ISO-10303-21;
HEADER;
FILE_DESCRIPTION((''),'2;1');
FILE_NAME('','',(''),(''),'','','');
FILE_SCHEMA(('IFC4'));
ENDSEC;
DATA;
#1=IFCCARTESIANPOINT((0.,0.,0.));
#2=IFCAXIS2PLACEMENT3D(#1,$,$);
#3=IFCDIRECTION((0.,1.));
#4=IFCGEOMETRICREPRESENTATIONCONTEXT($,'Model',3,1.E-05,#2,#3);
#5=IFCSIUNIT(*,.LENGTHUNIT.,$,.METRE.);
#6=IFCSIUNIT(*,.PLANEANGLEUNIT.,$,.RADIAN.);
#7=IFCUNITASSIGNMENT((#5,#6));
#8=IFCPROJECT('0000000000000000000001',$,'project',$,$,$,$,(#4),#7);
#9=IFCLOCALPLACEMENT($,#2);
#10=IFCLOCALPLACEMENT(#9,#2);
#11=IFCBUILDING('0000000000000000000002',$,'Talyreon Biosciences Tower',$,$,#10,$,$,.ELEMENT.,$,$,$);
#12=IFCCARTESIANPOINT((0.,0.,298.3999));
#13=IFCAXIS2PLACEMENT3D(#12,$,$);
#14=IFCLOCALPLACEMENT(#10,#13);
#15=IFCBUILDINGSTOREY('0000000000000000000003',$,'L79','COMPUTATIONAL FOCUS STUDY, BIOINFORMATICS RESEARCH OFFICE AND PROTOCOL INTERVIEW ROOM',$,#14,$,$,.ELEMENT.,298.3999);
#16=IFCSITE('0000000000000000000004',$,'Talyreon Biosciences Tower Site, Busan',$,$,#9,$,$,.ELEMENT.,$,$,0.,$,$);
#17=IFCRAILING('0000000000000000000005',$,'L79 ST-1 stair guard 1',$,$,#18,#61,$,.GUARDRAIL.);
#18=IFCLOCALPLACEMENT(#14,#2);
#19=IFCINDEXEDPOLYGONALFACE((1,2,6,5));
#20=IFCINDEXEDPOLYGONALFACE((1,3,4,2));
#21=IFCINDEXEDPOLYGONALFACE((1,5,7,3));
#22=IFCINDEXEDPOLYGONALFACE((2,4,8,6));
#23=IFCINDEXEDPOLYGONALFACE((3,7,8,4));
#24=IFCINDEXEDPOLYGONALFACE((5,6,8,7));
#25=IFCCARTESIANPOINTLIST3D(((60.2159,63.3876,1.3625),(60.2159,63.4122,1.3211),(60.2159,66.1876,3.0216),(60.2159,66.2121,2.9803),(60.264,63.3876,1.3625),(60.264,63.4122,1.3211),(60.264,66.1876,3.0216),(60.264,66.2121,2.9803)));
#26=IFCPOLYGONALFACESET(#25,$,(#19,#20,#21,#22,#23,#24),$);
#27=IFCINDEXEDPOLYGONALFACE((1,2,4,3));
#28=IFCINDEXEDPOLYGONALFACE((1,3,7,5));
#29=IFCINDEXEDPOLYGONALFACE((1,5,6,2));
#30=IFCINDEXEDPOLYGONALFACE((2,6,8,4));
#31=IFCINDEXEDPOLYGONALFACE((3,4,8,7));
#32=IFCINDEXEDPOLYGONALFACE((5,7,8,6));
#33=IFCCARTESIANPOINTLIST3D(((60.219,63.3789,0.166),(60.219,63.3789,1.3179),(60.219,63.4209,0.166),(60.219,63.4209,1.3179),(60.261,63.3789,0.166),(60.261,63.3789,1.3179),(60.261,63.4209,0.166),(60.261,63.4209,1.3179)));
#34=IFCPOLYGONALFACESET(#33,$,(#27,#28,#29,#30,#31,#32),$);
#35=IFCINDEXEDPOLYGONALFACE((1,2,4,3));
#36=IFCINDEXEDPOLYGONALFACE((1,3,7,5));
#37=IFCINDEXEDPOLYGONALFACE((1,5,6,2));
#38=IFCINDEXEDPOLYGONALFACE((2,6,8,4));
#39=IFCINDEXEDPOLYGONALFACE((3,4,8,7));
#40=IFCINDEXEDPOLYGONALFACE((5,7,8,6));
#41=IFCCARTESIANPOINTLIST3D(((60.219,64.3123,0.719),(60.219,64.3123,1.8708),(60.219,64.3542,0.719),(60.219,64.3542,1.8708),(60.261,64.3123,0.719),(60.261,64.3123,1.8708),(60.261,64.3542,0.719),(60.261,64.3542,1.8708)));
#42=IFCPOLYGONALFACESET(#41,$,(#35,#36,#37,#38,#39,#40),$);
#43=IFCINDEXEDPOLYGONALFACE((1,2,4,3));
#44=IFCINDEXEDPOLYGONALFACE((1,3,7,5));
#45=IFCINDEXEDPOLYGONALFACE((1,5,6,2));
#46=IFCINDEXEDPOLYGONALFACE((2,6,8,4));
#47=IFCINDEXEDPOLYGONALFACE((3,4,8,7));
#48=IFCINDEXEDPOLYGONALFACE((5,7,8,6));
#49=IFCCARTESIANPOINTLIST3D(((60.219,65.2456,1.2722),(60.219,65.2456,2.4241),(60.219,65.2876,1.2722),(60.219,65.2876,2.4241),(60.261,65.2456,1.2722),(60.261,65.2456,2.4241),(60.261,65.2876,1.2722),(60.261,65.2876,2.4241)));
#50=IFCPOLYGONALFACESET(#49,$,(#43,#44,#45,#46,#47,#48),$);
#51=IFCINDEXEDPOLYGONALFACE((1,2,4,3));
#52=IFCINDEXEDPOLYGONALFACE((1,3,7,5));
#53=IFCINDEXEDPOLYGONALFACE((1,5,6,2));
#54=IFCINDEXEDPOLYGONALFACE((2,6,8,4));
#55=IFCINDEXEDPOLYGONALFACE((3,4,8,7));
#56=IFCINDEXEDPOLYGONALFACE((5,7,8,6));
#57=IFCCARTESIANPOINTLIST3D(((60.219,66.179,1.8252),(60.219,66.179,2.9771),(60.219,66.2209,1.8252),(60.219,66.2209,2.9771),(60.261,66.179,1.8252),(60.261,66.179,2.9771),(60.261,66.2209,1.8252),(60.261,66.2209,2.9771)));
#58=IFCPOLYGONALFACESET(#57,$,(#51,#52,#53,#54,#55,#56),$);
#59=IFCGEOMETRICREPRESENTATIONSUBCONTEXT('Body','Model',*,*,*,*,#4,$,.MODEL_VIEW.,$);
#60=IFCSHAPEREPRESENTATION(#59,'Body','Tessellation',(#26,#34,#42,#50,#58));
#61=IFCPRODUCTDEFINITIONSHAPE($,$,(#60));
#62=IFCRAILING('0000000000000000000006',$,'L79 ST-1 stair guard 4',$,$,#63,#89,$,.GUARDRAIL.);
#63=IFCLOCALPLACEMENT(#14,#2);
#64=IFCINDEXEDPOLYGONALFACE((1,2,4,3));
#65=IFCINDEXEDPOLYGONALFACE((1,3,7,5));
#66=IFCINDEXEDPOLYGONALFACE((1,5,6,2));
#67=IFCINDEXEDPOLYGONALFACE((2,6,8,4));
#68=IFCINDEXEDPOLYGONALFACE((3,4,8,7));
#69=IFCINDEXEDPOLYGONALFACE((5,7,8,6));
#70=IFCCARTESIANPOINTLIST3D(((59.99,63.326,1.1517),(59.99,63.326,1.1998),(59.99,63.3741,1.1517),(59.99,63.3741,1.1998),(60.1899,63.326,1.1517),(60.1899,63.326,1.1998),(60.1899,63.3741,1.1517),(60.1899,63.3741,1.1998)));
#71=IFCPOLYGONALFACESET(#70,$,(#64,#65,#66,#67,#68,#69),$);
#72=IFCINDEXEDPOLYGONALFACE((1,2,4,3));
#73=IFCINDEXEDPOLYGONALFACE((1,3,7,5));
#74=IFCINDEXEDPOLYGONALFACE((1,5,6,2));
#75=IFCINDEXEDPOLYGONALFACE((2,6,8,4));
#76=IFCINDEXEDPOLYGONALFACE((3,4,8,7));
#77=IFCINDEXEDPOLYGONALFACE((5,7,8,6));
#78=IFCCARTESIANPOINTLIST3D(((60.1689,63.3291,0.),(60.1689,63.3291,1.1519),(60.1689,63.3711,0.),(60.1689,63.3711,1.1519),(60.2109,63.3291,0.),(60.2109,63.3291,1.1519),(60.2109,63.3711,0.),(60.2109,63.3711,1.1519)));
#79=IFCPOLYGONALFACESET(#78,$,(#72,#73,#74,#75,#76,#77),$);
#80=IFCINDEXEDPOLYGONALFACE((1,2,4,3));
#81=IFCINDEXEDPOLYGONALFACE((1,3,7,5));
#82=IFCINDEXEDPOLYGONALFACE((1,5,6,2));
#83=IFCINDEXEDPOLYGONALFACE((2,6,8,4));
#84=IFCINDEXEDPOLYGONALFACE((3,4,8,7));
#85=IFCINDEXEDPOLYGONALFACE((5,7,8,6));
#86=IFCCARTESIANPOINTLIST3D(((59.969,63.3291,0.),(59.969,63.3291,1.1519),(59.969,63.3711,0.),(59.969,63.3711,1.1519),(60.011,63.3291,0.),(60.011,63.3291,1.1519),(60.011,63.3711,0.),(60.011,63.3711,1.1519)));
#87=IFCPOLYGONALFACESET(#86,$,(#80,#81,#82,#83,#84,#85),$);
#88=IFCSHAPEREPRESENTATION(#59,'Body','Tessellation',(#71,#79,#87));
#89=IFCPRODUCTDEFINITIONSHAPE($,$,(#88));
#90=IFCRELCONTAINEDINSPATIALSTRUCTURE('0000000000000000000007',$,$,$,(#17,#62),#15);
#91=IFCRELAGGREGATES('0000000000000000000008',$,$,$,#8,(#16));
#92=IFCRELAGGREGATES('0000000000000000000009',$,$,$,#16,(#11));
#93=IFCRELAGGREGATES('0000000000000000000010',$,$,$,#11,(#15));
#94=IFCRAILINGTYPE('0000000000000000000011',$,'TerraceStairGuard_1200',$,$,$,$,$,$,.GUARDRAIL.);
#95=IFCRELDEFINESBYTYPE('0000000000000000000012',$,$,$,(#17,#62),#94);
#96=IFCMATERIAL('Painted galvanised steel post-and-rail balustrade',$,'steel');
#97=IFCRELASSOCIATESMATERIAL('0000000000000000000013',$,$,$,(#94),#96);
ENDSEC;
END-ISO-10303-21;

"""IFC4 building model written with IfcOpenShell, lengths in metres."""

from ifc_helpers import new_model, si_unit, direction, frame, origin, origin_2d, place, context, subcontext, project, spatial, rectangle, extrude, material, type_object, element, save


model = new_model("IFC4")

# Units and contexts
model_context = context("Model", 3, precision=1e-05, world=origin(), true_north=direction((0.0, 1.0)))
body_context = subcontext(model_context, "Body", "Model", "MODEL_VIEW")
ifc_project = project(units=[si_unit("LENGTHUNIT", "METRE"), si_unit("PLANEANGLEUNIT", "RADIAN")], contexts=[model_context])

# Site, building, storey
site_placement = place(None, origin())
site = spatial("IfcSite", under=ifc_project, at=site_placement, Name="Talyreon Biosciences Tower Site, Busan", CompositionType="ELEMENT", RefElevation=0.0)
building_placement = place(site_placement, origin())
building = spatial("IfcBuilding", under=site, at=building_placement, Name="Talyreon Biosciences Tower", CompositionType="ELEMENT")
storey_placement = place(building_placement, frame((0.0, 0.0, 298.3999)))
storey = spatial("IfcBuildingStorey", under=building, at=storey_placement, Name="L79", Description="COMPUTATIONAL FOCUS STUDY, BIOINFORMATICS RESEARCH OFFICE AND PROTOCOL INTERVIEW ROOM", CompositionType="ELEMENT", Elevation=298.3999)

# Railings
ifc_material_1 = material(Name="Painted galvanised steel post-and-rail balustrade", Category="steel")
railing_type_1 = type_object("IfcRailingType", Name="TerraceStairGuard_1200", PredefinedType="GUARDRAIL", material=ifc_material_1)
railing_1_placement = place(storey_placement, frame((60.24, 63.3999, 0.166)))
element("IfcRailing", 1, at=railing_1_placement, inside=storey, type_object=railing_type_1, Name="L79 ST-1 stair guard 1", PredefinedType="GUARDRAIL", context=body_context, shape_type="SweptSolid", body=[
    extrude(rectangle(XDim=0.0481, YDim=0.0481, at=origin_2d()), frame((0.0, 0.0, 1.1758), z_axis=(0.0, 0.860306, 0.509778), x_axis=(-1.0, 0.0, 0.0)), (0.0, 0.0, 1.0), 3.2546),
    extrude(rectangle(XDim=0.042, YDim=0.042, at=origin_2d()), origin(), (0.0, 0.0, 1.0), 1.1519),
    extrude(rectangle(XDim=0.042, YDim=0.042, at=origin_2d()), frame((0.0, 0.9333, 0.553)), (0.0, 0.0, 1.0), 1.1519),
    extrude(rectangle(XDim=0.042, YDim=0.042, at=origin_2d()), frame((0.0, 1.8667, 1.1062)), (0.0, 0.0, 1.0), 1.1519),
    extrude(rectangle(XDim=0.042, YDim=0.042, at=origin_2d()), frame((0.0, 2.8, 1.6592)), (0.0, 0.0, 1.0), 1.1519),
])
railing_2_placement = place(storey_placement, frame((60.1899, 63.3501, 0.0)))
element("IfcRailing", 2, at=railing_2_placement, inside=storey, type_object=railing_type_1, Name="L79 ST-1 stair guard 4", PredefinedType="GUARDRAIL", context=body_context, shape_type="SweptSolid", body=[
    extrude(rectangle(XDim=0.0481, YDim=0.0481, at=origin_2d()), frame((0.0, 0.0, 1.1758), z_axis=(-1.0, 0.0, 0.0), x_axis=(0.0, -1.0, 0.0)), (0.0, 0.0, 1.0), 0.2),
    extrude(rectangle(XDim=0.042, YDim=0.042, at=origin_2d()), origin(), (0.0, 0.0, 1.0), 1.1519),
    extrude(rectangle(XDim=0.042, YDim=0.042, at=origin_2d()), frame((-0.2, 0.0, 0.0)), (0.0, 0.0, 1.0), 1.1519),
])

save(model, "model.ifc")
